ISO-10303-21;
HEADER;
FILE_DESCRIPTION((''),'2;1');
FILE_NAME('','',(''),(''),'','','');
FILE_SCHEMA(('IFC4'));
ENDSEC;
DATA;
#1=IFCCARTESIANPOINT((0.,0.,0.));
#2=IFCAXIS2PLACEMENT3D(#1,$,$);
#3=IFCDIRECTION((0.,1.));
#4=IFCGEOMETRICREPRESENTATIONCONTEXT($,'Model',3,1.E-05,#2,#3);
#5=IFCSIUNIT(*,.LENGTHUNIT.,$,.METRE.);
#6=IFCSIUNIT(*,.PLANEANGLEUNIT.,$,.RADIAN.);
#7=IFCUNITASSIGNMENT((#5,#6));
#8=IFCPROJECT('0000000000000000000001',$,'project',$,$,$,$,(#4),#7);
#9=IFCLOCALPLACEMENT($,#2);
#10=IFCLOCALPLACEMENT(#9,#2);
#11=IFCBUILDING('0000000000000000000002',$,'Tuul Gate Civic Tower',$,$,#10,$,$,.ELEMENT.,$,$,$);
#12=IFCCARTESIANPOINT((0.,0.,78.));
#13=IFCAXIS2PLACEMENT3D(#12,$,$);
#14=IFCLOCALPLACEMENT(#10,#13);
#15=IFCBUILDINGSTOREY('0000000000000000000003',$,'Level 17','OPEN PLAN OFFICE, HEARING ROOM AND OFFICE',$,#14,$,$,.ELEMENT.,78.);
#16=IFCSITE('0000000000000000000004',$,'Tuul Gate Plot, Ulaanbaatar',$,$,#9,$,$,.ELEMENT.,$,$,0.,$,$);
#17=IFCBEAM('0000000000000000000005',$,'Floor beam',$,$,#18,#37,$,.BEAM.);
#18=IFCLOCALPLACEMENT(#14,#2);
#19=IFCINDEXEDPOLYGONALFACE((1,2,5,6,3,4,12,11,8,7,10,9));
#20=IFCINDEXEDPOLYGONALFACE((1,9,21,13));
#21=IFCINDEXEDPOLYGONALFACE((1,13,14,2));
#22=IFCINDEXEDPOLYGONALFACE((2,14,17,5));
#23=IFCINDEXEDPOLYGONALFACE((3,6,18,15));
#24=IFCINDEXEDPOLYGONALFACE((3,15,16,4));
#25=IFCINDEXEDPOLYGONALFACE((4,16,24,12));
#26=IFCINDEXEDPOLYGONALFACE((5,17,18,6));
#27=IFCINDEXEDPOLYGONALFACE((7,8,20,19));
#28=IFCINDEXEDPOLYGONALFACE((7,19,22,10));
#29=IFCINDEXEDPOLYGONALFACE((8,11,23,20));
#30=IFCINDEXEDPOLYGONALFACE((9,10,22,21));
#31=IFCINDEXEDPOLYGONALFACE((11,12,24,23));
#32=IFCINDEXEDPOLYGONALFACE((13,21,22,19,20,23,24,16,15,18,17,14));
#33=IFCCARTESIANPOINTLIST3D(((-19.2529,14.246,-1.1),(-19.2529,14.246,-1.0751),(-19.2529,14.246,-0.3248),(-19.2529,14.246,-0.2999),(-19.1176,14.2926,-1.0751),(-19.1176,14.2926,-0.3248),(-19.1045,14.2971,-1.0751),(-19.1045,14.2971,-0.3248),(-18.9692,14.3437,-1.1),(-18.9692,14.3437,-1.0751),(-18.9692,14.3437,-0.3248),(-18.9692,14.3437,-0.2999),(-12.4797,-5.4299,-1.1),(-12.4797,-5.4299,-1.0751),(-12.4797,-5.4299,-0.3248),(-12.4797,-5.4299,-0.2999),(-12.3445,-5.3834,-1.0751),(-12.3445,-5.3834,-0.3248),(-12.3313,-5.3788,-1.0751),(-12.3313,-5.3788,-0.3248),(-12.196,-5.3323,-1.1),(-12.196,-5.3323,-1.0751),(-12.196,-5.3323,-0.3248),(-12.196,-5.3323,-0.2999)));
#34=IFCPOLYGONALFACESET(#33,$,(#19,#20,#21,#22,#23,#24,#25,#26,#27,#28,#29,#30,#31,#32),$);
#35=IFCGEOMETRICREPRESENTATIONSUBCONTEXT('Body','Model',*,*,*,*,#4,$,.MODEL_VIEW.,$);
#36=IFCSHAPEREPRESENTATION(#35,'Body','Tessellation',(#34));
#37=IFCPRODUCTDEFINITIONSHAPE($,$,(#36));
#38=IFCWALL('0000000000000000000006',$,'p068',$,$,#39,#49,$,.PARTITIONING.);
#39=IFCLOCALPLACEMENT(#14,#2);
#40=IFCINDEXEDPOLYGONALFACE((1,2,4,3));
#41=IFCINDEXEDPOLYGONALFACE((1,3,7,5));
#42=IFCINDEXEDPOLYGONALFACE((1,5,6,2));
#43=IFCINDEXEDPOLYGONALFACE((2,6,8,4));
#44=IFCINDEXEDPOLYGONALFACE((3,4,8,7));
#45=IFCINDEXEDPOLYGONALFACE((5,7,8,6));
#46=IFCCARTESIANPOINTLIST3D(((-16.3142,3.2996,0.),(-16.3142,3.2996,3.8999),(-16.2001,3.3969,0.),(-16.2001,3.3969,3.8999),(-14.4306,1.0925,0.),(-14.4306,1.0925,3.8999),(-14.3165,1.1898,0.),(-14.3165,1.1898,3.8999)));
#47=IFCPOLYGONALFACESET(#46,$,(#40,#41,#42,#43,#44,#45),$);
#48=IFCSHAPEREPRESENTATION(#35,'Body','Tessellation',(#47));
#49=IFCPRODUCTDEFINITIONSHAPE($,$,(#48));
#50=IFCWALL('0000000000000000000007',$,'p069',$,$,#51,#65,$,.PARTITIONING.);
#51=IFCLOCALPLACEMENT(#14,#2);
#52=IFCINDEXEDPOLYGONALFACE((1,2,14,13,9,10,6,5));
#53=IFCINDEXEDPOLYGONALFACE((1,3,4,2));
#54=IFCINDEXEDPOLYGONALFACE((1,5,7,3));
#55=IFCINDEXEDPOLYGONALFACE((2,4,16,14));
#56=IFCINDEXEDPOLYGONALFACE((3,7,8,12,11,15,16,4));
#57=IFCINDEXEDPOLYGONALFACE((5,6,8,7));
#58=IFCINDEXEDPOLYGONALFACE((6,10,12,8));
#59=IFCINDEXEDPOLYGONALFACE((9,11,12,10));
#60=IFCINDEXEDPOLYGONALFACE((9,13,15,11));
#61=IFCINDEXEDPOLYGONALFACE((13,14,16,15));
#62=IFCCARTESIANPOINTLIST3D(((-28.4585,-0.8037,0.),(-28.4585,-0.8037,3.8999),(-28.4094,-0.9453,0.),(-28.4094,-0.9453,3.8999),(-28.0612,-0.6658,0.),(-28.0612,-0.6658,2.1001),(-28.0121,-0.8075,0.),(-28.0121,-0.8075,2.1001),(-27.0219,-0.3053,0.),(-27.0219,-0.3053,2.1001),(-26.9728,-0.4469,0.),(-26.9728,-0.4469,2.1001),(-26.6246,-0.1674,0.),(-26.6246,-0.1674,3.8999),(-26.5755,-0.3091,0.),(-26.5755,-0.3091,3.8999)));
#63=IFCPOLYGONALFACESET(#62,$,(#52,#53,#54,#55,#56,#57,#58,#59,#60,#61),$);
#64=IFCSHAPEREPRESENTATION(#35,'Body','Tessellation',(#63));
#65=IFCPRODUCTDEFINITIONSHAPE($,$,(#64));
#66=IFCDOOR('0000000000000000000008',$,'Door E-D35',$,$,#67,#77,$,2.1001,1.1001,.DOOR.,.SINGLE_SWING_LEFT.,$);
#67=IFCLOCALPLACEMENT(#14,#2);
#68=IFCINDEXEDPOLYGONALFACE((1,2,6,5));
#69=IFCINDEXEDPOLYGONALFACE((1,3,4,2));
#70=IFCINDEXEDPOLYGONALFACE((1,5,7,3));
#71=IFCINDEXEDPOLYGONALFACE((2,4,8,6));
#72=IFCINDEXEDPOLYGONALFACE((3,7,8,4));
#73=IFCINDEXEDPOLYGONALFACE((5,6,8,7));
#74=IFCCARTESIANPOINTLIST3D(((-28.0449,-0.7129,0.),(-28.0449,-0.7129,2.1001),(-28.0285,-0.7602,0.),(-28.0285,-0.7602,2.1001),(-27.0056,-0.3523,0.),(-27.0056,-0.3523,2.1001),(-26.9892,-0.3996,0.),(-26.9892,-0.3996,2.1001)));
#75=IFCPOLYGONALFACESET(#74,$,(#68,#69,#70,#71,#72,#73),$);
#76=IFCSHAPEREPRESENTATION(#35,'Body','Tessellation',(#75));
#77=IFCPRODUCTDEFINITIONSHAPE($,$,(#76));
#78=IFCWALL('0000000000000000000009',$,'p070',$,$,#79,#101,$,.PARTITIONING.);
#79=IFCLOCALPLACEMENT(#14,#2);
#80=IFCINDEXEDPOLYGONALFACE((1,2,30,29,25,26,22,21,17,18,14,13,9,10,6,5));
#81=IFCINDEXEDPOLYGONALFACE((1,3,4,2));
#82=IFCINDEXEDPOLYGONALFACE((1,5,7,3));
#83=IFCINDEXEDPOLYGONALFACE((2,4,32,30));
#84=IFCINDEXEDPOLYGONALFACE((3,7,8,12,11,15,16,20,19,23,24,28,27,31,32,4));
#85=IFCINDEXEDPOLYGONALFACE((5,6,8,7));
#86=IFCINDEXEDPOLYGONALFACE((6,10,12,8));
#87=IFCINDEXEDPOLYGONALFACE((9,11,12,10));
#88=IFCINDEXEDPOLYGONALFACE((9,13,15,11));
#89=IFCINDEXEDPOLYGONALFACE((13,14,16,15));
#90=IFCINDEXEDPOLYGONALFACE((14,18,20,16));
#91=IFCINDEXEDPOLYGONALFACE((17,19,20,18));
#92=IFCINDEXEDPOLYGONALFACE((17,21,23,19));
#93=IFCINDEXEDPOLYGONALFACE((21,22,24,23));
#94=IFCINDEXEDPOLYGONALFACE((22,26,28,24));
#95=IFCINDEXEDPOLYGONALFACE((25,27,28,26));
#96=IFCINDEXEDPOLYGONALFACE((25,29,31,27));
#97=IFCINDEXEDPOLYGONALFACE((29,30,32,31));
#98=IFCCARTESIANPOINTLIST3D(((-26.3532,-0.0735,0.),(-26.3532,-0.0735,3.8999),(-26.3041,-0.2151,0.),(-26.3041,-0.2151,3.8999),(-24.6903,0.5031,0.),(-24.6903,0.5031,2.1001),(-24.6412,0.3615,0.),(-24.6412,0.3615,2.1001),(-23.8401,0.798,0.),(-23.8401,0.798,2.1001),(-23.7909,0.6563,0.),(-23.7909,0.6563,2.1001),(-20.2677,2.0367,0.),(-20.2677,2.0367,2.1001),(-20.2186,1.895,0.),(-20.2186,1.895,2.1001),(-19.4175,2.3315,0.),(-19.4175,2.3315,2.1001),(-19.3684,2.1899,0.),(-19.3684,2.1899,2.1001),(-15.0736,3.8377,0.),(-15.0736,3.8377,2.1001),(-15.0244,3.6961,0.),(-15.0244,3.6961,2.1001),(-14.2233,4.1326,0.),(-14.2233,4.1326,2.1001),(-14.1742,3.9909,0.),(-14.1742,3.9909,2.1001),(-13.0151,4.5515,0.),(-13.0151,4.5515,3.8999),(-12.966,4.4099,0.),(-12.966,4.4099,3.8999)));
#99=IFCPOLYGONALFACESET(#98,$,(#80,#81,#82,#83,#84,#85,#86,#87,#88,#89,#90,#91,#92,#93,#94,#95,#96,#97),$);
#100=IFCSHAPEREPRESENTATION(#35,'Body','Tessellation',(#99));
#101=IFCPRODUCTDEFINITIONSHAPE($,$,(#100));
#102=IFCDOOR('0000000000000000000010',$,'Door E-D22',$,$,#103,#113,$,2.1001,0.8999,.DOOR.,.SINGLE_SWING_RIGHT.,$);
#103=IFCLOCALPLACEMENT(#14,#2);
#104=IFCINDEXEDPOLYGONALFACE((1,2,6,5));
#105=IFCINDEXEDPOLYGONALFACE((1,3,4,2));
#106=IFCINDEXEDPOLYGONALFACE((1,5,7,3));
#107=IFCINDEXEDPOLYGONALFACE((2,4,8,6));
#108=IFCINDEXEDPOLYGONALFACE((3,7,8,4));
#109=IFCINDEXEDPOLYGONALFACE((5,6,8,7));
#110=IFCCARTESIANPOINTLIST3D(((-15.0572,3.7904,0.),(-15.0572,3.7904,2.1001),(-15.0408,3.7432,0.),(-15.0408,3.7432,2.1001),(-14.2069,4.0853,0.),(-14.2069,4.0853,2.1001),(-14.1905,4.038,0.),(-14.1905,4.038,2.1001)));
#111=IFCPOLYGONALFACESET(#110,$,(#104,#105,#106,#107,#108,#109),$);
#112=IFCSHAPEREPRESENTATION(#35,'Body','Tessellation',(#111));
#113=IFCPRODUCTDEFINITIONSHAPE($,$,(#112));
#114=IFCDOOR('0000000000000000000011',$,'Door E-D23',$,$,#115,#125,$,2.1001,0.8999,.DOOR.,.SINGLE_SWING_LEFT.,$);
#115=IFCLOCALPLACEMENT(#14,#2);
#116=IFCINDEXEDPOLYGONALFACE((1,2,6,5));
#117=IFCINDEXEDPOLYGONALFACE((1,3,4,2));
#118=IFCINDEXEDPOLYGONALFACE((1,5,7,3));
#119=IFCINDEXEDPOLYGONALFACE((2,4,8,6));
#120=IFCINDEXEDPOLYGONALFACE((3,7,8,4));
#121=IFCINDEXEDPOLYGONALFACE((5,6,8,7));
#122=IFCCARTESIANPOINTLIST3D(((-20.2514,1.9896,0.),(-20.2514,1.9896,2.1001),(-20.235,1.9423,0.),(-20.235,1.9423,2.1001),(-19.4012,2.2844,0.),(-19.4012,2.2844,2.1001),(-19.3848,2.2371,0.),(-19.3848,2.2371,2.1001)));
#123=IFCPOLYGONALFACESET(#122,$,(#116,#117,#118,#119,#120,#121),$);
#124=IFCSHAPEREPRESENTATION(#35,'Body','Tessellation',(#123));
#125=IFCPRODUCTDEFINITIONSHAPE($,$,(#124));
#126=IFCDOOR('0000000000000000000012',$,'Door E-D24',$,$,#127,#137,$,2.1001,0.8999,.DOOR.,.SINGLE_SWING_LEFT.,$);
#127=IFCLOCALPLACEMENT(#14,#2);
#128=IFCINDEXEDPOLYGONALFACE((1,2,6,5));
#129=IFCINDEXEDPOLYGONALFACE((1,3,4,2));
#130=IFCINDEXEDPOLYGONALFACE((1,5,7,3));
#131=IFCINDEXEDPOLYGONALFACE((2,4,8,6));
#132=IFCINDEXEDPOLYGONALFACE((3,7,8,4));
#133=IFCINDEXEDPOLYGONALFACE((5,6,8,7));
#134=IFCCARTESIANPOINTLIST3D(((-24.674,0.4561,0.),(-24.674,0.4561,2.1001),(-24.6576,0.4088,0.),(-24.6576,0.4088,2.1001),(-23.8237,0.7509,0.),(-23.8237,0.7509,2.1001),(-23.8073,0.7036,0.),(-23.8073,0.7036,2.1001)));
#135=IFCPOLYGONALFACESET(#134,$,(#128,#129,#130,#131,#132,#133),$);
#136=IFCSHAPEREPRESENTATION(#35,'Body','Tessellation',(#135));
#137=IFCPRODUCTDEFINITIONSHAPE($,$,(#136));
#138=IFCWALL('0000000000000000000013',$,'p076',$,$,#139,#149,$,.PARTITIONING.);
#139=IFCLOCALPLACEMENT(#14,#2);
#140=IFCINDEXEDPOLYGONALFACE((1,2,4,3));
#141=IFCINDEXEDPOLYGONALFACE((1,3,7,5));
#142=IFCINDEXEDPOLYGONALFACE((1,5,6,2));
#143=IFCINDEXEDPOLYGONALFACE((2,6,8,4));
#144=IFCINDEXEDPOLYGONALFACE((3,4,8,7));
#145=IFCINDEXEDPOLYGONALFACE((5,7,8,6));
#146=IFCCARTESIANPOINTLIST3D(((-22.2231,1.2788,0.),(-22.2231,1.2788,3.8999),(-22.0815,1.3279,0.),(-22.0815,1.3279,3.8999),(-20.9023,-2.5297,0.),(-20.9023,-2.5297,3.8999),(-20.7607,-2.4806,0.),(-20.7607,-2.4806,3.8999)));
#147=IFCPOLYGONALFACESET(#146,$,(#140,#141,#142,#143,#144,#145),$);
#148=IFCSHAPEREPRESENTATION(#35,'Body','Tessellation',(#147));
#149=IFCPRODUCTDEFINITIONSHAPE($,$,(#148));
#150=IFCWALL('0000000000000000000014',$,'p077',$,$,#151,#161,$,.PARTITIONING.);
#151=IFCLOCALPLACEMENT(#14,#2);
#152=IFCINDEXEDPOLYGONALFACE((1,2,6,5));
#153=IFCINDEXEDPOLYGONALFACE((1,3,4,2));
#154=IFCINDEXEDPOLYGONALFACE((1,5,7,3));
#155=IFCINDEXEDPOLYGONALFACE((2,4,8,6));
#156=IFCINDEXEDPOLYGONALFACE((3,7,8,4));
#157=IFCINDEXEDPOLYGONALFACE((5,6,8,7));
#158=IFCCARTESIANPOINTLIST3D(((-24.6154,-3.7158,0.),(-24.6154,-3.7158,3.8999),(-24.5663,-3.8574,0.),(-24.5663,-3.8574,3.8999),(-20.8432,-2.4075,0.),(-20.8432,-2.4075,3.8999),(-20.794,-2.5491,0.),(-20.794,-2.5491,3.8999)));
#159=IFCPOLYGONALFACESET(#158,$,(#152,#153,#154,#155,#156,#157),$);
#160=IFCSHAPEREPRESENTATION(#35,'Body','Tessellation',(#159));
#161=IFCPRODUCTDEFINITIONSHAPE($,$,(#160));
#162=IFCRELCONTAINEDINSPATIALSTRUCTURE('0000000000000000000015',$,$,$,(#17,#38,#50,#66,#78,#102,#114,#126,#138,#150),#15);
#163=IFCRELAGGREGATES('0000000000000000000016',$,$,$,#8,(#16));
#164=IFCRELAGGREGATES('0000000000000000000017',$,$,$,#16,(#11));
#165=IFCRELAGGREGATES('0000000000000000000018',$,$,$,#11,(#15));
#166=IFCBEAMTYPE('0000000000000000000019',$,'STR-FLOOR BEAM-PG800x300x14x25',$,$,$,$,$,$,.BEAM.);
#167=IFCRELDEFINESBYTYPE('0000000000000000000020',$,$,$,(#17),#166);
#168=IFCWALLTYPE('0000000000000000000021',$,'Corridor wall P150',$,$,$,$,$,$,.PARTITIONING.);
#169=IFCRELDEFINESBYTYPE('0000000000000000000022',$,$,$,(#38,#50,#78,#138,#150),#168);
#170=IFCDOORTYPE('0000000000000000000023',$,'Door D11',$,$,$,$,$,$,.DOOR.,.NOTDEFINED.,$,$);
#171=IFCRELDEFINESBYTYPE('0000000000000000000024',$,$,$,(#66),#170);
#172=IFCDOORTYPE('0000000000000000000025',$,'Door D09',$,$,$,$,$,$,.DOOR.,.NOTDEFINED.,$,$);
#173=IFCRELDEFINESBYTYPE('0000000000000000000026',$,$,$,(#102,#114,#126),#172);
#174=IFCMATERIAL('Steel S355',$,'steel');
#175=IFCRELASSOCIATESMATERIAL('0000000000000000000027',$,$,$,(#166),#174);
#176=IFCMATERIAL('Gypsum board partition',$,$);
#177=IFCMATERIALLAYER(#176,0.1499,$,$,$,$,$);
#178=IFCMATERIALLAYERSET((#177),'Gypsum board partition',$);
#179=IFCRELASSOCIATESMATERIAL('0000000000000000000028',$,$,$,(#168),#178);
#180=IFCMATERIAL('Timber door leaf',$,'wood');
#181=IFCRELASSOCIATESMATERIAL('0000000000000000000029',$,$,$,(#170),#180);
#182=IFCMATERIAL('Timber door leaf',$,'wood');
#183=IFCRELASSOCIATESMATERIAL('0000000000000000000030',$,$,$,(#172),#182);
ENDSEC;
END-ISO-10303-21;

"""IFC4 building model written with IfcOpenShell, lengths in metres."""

from ifc_helpers import new_model, si_unit, direction, frame, frame_2d, origin, origin_2d, place, context, subcontext, project, spatial, rectangle, i_section, extrude, material, layer, layer_set, material_profile, profile_set, type_object, element, fill, save


model = new_model("IFC4")

# Units and contexts
model_context = context("Model", 3, precision=1e-05, world=origin(), true_north=direction((0.0, 1.0)))
body_context = subcontext(model_context, "Body", "Model", "MODEL_VIEW")
ifc_project = project(units=[si_unit("LENGTHUNIT", "METRE"), si_unit("PLANEANGLEUNIT", "RADIAN")], contexts=[model_context])

# Site, building, storey
site_placement = place(None, origin())
site = spatial("IfcSite", under=ifc_project, at=site_placement, Name="Tuul Gate Plot, Ulaanbaatar", CompositionType="ELEMENT", RefElevation=0.0)
building_placement = place(site_placement, origin())
building = spatial("IfcBuilding", under=site, at=building_placement, Name="Tuul Gate Civic Tower", CompositionType="ELEMENT")
storey_placement = place(building_placement, frame((0.0, 0.0, 78.0)))
storey = spatial("IfcBuildingStorey", under=building, at=storey_placement, Name="Level 17", Description="OPEN PLAN OFFICE, HEARING ROOM AND OFFICE", CompositionType="ELEMENT", Elevation=78.0)

# Beam
ifc_material_1 = material(Name="Steel S355", Category="steel")
ifc_material_profile = material_profile(ifc_material_1, i_section(OverallWidth=0.3, OverallDepth=0.8, WebThickness=0.0139, FlangeThickness=0.0249, at=origin_2d()), Name="PG800x300x14x25")
ifc_profile_set = profile_set([ifc_material_profile], Name="Steel S355")
beam_type = type_object("IfcBeamType", Name="STR-FLOOR BEAM-PG800x300x14x25", PredefinedType="BEAM", material=ifc_profile_set)
beam_placement = place(storey_placement, frame((-12.3379, -5.3811, -0.7), z_axis=(-0.325491, 0.945545, 0.0), x_axis=(-0.945545, -0.325491, 0.0)))
element("IfcBeam", 1, at=beam_placement, inside=storey, type_object=beam_type, Name="Floor beam", PredefinedType="BEAM", context=body_context, shape_type="SweptSolid", body=[
    extrude(i_section(OverallWidth=0.3, OverallDepth=0.8, WebThickness=0.0139, FlangeThickness=0.0249, at=origin_2d()), origin(), (0.0, 0.0, 1.0), 20.8091),
])

# Wall
ifc_material_2 = material(Name="Gypsum board partition")
ifc_layer_1 = layer(ifc_material_2, 0.1499)
ifc_layer_set_1 = layer_set([ifc_layer_1], Name="Gypsum board partition")
wall_type_1 = type_object("IfcWallType", Name="Corridor wall P150", PredefinedType="PARTITIONING", material=ifc_layer_set_1)
wall_1_placement = place(storey_placement, frame((-16.2571, 3.3481, 0.0), z_axis=(0.0, 0.0, 1.0), x_axis=(0.649161, -0.760651, 0.0)))
element("IfcWall", 2, at=wall_1_placement, inside=storey, type_object=wall_type_1, Name="p068", PredefinedType="PARTITIONING", context=body_context, shape_type="SweptSolid", body=[
    extrude(rectangle(XDim=2.9016, YDim=0.1499, at=frame_2d((1.4507, 0.0))), origin(), (0.0, 0.0, 1.0), 3.8999),
])

# Wall, opening, door
wall_2_placement = place(storey_placement, frame((-28.4341, -0.8745, 0.0), z_axis=(0.0, 0.0, 1.0), x_axis=(0.944765, 0.32775, 0.0)))
wall_2 = element("IfcWall", 3, at=wall_2_placement, inside=storey, type_object=wall_type_1, Name="p069", PredefinedType="PARTITIONING", context=body_context, shape_type="SweptSolid", body=[
    extrude(rectangle(XDim=1.9412, YDim=0.1499, at=frame_2d((0.9707, 0.0))), origin(), (0.0, 0.0, 1.0), 3.8999),
])
opening_1_placement = place(wall_2_placement, frame((0.4207, 0.0, 0.0)))
opening_1 = element("IfcOpeningElement", 4, at=opening_1_placement, cuts=wall_2, PredefinedType="OPENING", context=body_context, shape_type="SweptSolid", body=[
    extrude(rectangle(XDim=1.1001, YDim=2.1001, at=frame_2d((0.55, 1.05))), frame((0.0, 0.085, 0.0), z_axis=(0.0, -1.0, 0.0), x_axis=(1.0, 0.0, 0.0)), (0.0, 0.0, 1.0), 0.1699),
])
ifc_material_3 = material(Name="Timber door leaf", Category="wood")
door_type_1 = type_object("IfcDoorType", Name="Door D11", OperationType="NOTDEFINED", PredefinedType="DOOR", material=ifc_material_3)
door_1_placement = place(opening_1_placement, frame((1.1001, 0.0, 0.0), z_axis=(0.0, 0.0, 1.0), x_axis=(-1.0, 0.0, 0.0)))
door_1 = element("IfcDoor", 5, at=door_1_placement, inside=storey, type_object=door_type_1, Name="Door E-D35", OperationType="SINGLE_SWING_LEFT", OverallHeight=2.1001, OverallWidth=1.1001, PredefinedType="DOOR", context=body_context, shape_type="SweptSolid", body=[
    extrude(rectangle(XDim=1.1001, YDim=2.1001, at=frame_2d((0.55, 1.05))), frame((0.0, 0.0249, 0.0), z_axis=(0.0, -1.0, 0.0), x_axis=(1.0, 0.0, 0.0)), (0.0, 0.0, 1.0), 0.05),
])
fill(opening_1, door_1)

# Wall, openings, doors
wall_3_placement = place(storey_placement, frame((-26.3286, -0.1443, 0.0), z_axis=(0.0, 0.0, 1.0), x_axis=(0.944812, 0.327614, 0.0)))
wall_3 = element("IfcWall", 6, at=wall_3_placement, inside=storey, type_object=wall_type_1, Name="p070", PredefinedType="PARTITIONING", context=body_context, shape_type="SweptSolid", body=[
    extrude(rectangle(XDim=14.1172, YDim=0.1499, at=frame_2d((7.0586, 0.0))), origin(), (0.0, 0.0, 1.0), 3.8999),
])
opening_2_placement = place(wall_3_placement, frame((11.9385, 0.0, 0.0)))
opening_2 = element("IfcOpeningElement", 7, at=opening_2_placement, cuts=wall_3, PredefinedType="OPENING", context=body_context, shape_type="SweptSolid", body=[
    extrude(rectangle(XDim=0.8999, YDim=2.1001, at=frame_2d((0.45, 1.05))), frame((0.0, 0.085, 0.0), z_axis=(0.0, -1.0, 0.0), x_axis=(1.0, 0.0, 0.0)), (0.0, 0.0, 1.0), 0.1699),
])
opening_3_placement = place(wall_3_placement, frame((6.4409, 0.0, 0.0)))
opening_3 = element("IfcOpeningElement", 8, at=opening_3_placement, cuts=wall_3, PredefinedType="OPENING", context=body_context, shape_type="SweptSolid", body=[
    extrude(rectangle(XDim=0.8999, YDim=2.1001, at=frame_2d((0.45, 1.05))), frame((0.0, 0.085, 0.0), z_axis=(0.0, -1.0, 0.0), x_axis=(1.0, 0.0, 0.0)), (0.0, 0.0, 1.0), 0.1699),
])
opening_4_placement = place(wall_3_placement, frame((1.76, 0.0, 0.0)))
opening_4 = element("IfcOpeningElement", 9, at=opening_4_placement, cuts=wall_3, PredefinedType="OPENING", context=body_context, shape_type="SweptSolid", body=[
    extrude(rectangle(XDim=0.8999, YDim=2.1001, at=frame_2d((0.45, 1.05))), frame((0.0, 0.085, 0.0), z_axis=(0.0, -1.0, 0.0), x_axis=(1.0, 0.0, 0.0)), (0.0, 0.0, 1.0), 0.1699),
])
ifc_material_4 = material(Name="Timber door leaf", Category="wood")
door_type_2 = type_object("IfcDoorType", Name="Door D09", OperationType="NOTDEFINED", PredefinedType="DOOR", material=ifc_material_4)
door_2_placement = place(opening_2_placement, origin())
door_2 = element("IfcDoor", 10, at=door_2_placement, inside=storey, type_object=door_type_2, Name="Door E-D22", OperationType="SINGLE_SWING_RIGHT", OverallHeight=2.1001, OverallWidth=0.8999, PredefinedType="DOOR", context=body_context, shape_type="SweptSolid", body=[
    extrude(rectangle(XDim=0.8999, YDim=2.1001, at=frame_2d((0.45, 1.05))), frame((0.0, 0.0249, 0.0), z_axis=(0.0, -1.0, 0.0), x_axis=(1.0, 0.0, 0.0)), (0.0, 0.0, 1.0), 0.05),
])
fill(opening_2, door_2)
door_3_placement = place(opening_3_placement, frame((0.8999, 0.0, 0.0), z_axis=(0.0, 0.0, 1.0), x_axis=(-1.0, 0.0, 0.0)))
door_3 = element("IfcDoor", 11, at=door_3_placement, inside=storey, type_object=door_type_2, Name="Door E-D23", OperationType="SINGLE_SWING_LEFT", OverallHeight=2.1001, OverallWidth=0.8999, PredefinedType="DOOR", context=body_context, shape_type="SweptSolid", body=[
    extrude(rectangle(XDim=0.8999, YDim=2.1001, at=frame_2d((0.45, 1.05))), frame((0.0, 0.0249, 0.0), z_axis=(0.0, -1.0, 0.0), x_axis=(1.0, 0.0, 0.0)), (0.0, 0.0, 1.0), 0.05),
])
fill(opening_3, door_3)
door_4_placement = place(opening_4_placement, frame((0.8999, 0.0, 0.0), z_axis=(0.0, 0.0, 1.0), x_axis=(-1.0, 0.0, 0.0)))
door_4 = element("IfcDoor", 12, at=door_4_placement, inside=storey, type_object=door_type_2, Name="Door E-D24", OperationType="SINGLE_SWING_LEFT", OverallHeight=2.1001, OverallWidth=0.8999, PredefinedType="DOOR", context=body_context, shape_type="SweptSolid", body=[
    extrude(rectangle(XDim=0.8999, YDim=2.1001, at=frame_2d((0.45, 1.05))), frame((0.0, 0.0249, 0.0), z_axis=(0.0, -1.0, 0.0), x_axis=(1.0, 0.0, 0.0)), (0.0, 0.0, 1.0), 0.05),
])
fill(opening_4, door_4)

# Walls
wall_4_placement = place(storey_placement, frame((-22.1523, 1.3035, 0.0), z_axis=(0.0, 0.0, 1.0), x_axis=(0.32767, -0.944792, 0.0)))
element("IfcWall", 13, at=wall_4_placement, inside=storey, type_object=wall_type_1, Name="p076", PredefinedType="PARTITIONING", context=body_context, shape_type="SweptSolid", body=[
    extrude(rectangle(XDim=4.031, YDim=0.1499, at=frame_2d((2.0156, 0.0))), origin(), (0.0, 0.0, 1.0), 3.8999),
])
wall_5_placement = place(storey_placement, frame((-24.5908, -3.7866, 0.0), z_axis=(0.0, 0.0, 1.0), x_axis=(0.944786, 0.327688, 0.0)))
element("IfcWall", 14, at=wall_5_placement, inside=storey, type_object=wall_type_1, Name="p077", PredefinedType="PARTITIONING", context=body_context, shape_type="SweptSolid", body=[
    extrude(rectangle(XDim=3.9927, YDim=0.1499, at=frame_2d((1.9963, 0.0))), origin(), (0.0, 0.0, 1.0), 3.8999),
])

save(model, "model.ifc")
